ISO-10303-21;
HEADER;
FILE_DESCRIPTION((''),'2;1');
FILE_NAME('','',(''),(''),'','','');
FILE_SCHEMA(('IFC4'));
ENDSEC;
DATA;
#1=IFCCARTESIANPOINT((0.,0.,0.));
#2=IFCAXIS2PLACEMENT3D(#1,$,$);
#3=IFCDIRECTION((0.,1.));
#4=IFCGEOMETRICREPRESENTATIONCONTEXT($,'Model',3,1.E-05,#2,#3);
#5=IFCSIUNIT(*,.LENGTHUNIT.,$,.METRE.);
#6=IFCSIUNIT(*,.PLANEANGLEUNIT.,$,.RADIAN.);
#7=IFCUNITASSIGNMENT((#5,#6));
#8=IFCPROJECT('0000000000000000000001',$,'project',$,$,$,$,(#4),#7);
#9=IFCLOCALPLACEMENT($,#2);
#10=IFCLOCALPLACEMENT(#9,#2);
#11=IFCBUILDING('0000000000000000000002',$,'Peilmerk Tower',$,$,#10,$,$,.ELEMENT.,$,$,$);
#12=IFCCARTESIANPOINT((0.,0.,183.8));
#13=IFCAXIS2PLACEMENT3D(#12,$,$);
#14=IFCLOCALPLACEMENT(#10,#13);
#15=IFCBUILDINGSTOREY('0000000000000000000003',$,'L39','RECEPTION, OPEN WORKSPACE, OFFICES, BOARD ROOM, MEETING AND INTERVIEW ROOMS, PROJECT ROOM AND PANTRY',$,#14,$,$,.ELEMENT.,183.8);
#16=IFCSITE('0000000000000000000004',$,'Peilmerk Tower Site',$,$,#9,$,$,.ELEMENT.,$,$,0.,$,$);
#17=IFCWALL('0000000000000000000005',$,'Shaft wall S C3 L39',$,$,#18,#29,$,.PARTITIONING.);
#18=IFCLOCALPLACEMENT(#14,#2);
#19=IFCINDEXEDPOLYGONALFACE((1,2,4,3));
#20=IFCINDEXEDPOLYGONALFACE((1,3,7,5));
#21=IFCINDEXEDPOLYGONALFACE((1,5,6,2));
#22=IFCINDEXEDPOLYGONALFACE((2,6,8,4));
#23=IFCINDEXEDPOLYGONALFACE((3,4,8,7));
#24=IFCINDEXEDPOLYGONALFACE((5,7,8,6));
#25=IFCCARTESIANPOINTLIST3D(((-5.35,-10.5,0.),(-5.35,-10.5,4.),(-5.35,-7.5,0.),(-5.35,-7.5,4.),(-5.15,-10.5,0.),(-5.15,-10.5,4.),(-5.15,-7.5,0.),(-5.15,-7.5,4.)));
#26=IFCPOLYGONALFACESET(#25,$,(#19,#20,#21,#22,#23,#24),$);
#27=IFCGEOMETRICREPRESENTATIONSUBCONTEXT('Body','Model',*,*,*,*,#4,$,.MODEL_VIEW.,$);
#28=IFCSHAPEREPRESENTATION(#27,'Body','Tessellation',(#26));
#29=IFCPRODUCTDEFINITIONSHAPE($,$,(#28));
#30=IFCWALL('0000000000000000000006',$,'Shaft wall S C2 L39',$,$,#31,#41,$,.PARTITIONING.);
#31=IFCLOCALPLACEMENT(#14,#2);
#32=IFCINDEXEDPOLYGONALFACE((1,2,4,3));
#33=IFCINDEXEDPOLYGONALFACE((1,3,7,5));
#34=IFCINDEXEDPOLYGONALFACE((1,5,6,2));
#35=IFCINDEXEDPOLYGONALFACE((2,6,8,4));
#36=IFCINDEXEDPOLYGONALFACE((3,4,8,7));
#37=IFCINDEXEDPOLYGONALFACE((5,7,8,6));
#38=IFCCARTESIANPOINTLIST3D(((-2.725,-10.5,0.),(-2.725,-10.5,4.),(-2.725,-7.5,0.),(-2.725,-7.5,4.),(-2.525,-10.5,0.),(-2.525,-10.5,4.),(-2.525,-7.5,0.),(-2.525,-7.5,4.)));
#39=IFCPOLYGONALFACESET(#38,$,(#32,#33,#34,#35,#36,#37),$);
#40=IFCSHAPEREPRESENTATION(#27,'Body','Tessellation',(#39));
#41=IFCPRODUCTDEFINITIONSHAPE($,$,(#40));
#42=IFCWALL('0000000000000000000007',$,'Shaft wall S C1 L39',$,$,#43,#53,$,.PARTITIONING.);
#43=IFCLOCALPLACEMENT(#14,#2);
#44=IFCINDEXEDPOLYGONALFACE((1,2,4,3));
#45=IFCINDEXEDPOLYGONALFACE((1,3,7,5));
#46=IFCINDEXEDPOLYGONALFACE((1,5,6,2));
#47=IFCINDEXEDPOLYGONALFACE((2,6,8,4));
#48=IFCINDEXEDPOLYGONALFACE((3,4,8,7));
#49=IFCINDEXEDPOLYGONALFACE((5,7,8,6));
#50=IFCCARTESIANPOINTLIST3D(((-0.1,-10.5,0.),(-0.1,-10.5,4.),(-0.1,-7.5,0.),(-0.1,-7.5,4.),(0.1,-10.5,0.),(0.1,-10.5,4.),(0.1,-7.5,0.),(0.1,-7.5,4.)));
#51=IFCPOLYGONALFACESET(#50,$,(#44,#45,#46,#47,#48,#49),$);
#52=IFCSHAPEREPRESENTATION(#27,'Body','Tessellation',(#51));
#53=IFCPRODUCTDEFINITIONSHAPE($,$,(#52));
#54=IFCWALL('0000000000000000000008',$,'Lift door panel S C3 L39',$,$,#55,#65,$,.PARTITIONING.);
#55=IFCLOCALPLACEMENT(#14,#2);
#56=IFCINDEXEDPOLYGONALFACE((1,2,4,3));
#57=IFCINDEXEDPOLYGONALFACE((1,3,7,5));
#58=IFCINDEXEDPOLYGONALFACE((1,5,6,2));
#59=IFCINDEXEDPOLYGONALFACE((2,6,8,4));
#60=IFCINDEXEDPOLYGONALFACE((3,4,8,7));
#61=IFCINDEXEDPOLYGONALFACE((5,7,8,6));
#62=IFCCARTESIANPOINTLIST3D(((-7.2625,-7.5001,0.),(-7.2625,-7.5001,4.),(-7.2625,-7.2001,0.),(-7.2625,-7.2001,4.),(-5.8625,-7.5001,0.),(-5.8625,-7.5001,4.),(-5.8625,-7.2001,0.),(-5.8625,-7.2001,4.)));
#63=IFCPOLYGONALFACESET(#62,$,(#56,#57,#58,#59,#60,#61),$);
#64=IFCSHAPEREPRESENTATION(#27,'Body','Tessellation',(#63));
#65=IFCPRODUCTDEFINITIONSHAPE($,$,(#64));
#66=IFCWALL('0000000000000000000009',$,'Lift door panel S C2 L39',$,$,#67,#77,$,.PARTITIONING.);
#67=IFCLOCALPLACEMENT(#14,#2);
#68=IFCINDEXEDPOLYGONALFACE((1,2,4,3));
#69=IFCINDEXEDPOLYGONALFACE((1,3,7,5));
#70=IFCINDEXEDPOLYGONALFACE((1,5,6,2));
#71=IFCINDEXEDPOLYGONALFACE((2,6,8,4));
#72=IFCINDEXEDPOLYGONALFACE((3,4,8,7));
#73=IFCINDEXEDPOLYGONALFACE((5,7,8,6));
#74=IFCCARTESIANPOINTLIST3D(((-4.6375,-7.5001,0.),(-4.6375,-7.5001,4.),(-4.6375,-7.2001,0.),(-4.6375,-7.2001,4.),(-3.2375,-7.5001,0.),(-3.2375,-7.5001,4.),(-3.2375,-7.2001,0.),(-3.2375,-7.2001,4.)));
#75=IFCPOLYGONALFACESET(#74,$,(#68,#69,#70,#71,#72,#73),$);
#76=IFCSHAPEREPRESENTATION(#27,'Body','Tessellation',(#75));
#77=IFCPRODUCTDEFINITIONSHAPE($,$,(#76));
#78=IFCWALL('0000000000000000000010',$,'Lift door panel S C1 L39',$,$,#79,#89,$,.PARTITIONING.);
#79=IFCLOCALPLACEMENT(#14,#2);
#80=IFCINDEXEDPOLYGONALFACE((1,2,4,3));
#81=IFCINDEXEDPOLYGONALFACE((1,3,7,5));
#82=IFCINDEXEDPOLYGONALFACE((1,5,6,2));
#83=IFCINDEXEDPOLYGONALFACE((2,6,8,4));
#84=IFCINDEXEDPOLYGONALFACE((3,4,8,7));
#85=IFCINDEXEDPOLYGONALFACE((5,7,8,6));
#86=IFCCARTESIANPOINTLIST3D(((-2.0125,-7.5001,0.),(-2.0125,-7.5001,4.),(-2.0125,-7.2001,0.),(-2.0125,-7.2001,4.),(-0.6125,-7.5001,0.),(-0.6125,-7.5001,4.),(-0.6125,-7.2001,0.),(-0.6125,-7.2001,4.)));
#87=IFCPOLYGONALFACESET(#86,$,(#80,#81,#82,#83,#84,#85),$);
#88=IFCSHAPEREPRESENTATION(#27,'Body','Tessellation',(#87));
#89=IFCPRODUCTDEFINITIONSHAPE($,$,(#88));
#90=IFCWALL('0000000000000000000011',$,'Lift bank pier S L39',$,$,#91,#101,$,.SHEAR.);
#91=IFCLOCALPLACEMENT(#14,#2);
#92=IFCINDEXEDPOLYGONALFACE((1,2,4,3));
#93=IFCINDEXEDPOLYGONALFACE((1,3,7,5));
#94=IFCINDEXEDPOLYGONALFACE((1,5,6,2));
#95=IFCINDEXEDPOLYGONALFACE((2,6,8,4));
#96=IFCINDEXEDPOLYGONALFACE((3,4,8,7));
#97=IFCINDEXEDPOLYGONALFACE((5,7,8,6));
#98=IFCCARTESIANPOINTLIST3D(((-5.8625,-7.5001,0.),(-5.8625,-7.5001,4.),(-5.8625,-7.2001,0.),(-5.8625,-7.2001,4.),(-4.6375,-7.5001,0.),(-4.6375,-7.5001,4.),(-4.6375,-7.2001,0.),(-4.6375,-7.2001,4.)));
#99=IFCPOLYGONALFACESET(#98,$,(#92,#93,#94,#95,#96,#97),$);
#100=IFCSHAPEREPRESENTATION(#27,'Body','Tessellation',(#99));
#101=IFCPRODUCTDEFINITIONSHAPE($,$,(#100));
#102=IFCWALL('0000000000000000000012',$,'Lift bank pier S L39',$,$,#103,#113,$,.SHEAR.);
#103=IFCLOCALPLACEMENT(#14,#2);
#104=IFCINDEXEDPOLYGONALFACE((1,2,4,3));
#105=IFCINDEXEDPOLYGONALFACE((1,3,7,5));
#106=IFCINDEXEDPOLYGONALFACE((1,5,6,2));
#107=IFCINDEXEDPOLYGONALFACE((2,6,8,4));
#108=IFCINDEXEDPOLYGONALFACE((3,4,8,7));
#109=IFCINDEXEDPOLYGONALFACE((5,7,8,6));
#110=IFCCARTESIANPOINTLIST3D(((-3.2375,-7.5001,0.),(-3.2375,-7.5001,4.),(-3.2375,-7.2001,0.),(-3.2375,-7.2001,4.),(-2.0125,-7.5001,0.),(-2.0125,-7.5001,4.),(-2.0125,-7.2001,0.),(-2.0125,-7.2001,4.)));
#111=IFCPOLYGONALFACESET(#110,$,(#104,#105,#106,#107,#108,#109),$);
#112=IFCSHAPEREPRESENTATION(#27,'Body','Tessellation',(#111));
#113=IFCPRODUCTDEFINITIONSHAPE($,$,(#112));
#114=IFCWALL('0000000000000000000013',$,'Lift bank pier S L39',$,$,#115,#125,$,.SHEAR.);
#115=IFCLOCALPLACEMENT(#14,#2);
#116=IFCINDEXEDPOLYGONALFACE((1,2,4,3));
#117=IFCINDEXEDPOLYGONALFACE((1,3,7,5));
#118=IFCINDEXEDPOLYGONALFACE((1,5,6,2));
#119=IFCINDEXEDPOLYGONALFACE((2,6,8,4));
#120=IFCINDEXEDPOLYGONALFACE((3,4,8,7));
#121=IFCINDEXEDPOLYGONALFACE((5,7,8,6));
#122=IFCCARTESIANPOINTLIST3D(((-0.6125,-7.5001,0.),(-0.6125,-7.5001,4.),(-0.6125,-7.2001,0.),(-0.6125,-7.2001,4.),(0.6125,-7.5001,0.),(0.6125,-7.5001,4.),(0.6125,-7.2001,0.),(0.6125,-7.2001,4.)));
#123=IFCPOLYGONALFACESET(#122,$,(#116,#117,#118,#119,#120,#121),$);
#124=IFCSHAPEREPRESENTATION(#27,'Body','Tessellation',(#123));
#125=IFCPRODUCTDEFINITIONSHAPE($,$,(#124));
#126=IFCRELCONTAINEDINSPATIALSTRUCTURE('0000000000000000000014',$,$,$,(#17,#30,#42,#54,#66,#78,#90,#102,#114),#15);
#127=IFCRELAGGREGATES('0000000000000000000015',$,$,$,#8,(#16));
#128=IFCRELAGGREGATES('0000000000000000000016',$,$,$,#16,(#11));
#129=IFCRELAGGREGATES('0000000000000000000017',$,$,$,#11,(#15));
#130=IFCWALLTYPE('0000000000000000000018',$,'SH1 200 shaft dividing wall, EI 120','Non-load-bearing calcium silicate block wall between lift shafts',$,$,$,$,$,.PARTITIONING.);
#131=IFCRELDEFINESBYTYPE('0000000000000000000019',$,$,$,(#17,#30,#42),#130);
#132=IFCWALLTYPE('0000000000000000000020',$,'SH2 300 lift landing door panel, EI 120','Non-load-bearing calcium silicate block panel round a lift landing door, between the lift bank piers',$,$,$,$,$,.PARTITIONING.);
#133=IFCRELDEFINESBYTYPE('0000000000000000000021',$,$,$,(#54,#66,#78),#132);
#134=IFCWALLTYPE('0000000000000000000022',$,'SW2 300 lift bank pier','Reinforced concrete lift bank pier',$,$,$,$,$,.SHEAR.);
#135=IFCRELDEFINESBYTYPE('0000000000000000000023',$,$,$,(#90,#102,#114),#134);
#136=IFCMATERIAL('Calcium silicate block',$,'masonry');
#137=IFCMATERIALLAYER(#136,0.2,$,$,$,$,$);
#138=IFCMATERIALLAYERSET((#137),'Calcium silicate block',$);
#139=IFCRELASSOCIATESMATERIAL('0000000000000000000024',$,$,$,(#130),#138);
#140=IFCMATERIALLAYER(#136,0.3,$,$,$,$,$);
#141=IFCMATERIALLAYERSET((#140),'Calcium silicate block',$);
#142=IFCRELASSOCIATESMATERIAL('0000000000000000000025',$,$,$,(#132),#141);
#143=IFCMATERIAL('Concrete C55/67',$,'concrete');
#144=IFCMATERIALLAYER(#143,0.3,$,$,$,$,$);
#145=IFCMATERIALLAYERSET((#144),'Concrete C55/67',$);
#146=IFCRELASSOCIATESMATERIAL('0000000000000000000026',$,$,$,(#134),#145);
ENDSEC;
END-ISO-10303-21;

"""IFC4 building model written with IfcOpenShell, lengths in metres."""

from ifc_helpers import new_model, si_unit, direction, frame, frame_2d, origin, place, context, subcontext, project, spatial, rectangle, extrude, material, layer, layer_set, type_object, element, save


model = new_model("IFC4")

# Units and contexts
model_context = context("Model", 3, precision=1e-05, world=origin(), true_north=direction((0.0, 1.0)))
body_context = subcontext(model_context, "Body", "Model", "MODEL_VIEW")
ifc_project = project(units=[si_unit("LENGTHUNIT", "METRE"), si_unit("PLANEANGLEUNIT", "RADIAN")], contexts=[model_context])

# Site, building, storey
site_placement = place(None, origin())
site = spatial("IfcSite", under=ifc_project, at=site_placement, Name="Peilmerk Tower Site", CompositionType="ELEMENT", RefElevation=0.0)
building_placement = place(site_placement, origin())
building = spatial("IfcBuilding", under=site, at=building_placement, Name="Peilmerk Tower", CompositionType="ELEMENT")
storey_placement = place(building_placement, frame((0.0, 0.0, 183.8)))
storey = spatial("IfcBuildingStorey", under=building, at=storey_placement, Name="L39", Description="RECEPTION, OPEN WORKSPACE, OFFICES, BOARD ROOM, MEETING AND INTERVIEW ROOMS, PROJECT ROOM AND PANTRY", CompositionType="ELEMENT", Elevation=183.8)

# Walls
ifc_material_1 = material(Name="Calcium silicate block", Category="masonry")
ifc_layer_1 = layer(ifc_material_1, 0.2)
ifc_layer_set_1 = layer_set([ifc_layer_1], Name="Calcium silicate block")
wall_type_1 = type_object("IfcWallType", Name="SH1 200 shaft dividing wall, EI 120", Description="Non-load-bearing calcium silicate block wall between lift shafts", PredefinedType="PARTITIONING", material=ifc_layer_set_1)
for number, where, z_axis, x_axis, name in (
    (1, (-5.25, -10.5, 0.0), (0.0, 0.0, 1.0), (0.0, 1.0, 0.0), "Shaft wall S C3 L39"),
    (2, (-2.625, -10.5, 0.0), (0.0, 0.0, 1.0), (0.0, 1.0, 0.0), "Shaft wall S C2 L39"),
    (3, (0.0, -10.5, 0.0), (0.0, 0.0, 1.0), (0.0, 1.0, 0.0), "Shaft wall S C1 L39"),
):
    element("IfcWall", number, at=place(storey_placement, frame(where, z_axis=z_axis, x_axis=x_axis)), inside=storey, type_object=wall_type_1, Name=name, PredefinedType="PARTITIONING", context=body_context, shape_type="SweptSolid", body=[
        extrude(rectangle(XDim=3.0, YDim=0.2, at=frame_2d((1.5, 0.0))), origin(), (0.0, 0.0, 1.0), 4.0),
    ])
ifc_layer_2 = layer(ifc_material_1, 0.3)
ifc_layer_set_2 = layer_set([ifc_layer_2], Name="Calcium silicate block")
wall_type_2 = type_object("IfcWallType", Name="SH2 300 lift landing door panel, EI 120", Description="Non-load-bearing calcium silicate block panel round a lift landing door, between the lift bank piers", PredefinedType="PARTITIONING", material=ifc_layer_set_2)
for number, where, z_axis, x_axis, name in (
    (4, (-7.2625, -7.3501, 0.0), (0.0, 0.0, 1.0), (1.0, 0.0, 0.0), "Lift door panel S C3 L39"),
    (5, (-4.6375, -7.3501, 0.0), (0.0, 0.0, 1.0), (1.0, 0.0, 0.0), "Lift door panel S C2 L39"),
    (6, (-2.0125, -7.3501, 0.0), (0.0, 0.0, 1.0), (1.0, 0.0, 0.0), "Lift door panel S C1 L39"),
):
    element("IfcWall", number, at=place(storey_placement, frame(where, z_axis=z_axis, x_axis=x_axis)), inside=storey, type_object=wall_type_2, Name=name, PredefinedType="PARTITIONING", context=body_context, shape_type="SweptSolid", body=[
        extrude(rectangle(XDim=1.3999, YDim=0.3, at=frame_2d((0.7, 0.0))), origin(), (0.0, 0.0, 1.0), 4.0),
    ])
ifc_material_2 = material(Name="Concrete C55/67", Category="concrete")
ifc_layer_3 = layer(ifc_material_2, 0.3)
ifc_layer_set_3 = layer_set([ifc_layer_3], Name="Concrete C55/67")
wall_type_3 = type_object("IfcWallType", Name="SW2 300 lift bank pier", Description="Reinforced concrete lift bank pier", PredefinedType="SHEAR", material=ifc_layer_set_3)
for number, where, z_axis, x_axis, name in (
    (7, (-5.8625, -7.3501, 0.0), (0.0, 0.0, 1.0), (1.0, 0.0, 0.0), "Lift bank pier S L39"),
    (8, (-3.2375, -7.3501, 0.0), (0.0, 0.0, 1.0), (1.0, 0.0, 0.0), "Lift bank pier S L39"),
    (9, (-0.6125, -7.3501, 0.0), (0.0, 0.0, 1.0), (1.0, 0.0, 0.0), "Lift bank pier S L39"),
):
    element("IfcWall", number, at=place(storey_placement, frame(where, z_axis=z_axis, x_axis=x_axis)), inside=storey, type_object=wall_type_3, Name=name, PredefinedType="SHEAR", context=body_context, shape_type="SweptSolid", body=[
        extrude(rectangle(XDim=1.2251, YDim=0.3, at=frame_2d((0.6125, 0.0))), origin(), (0.0, 0.0, 1.0), 4.0),
    ])

save(model, "model.ifc")
